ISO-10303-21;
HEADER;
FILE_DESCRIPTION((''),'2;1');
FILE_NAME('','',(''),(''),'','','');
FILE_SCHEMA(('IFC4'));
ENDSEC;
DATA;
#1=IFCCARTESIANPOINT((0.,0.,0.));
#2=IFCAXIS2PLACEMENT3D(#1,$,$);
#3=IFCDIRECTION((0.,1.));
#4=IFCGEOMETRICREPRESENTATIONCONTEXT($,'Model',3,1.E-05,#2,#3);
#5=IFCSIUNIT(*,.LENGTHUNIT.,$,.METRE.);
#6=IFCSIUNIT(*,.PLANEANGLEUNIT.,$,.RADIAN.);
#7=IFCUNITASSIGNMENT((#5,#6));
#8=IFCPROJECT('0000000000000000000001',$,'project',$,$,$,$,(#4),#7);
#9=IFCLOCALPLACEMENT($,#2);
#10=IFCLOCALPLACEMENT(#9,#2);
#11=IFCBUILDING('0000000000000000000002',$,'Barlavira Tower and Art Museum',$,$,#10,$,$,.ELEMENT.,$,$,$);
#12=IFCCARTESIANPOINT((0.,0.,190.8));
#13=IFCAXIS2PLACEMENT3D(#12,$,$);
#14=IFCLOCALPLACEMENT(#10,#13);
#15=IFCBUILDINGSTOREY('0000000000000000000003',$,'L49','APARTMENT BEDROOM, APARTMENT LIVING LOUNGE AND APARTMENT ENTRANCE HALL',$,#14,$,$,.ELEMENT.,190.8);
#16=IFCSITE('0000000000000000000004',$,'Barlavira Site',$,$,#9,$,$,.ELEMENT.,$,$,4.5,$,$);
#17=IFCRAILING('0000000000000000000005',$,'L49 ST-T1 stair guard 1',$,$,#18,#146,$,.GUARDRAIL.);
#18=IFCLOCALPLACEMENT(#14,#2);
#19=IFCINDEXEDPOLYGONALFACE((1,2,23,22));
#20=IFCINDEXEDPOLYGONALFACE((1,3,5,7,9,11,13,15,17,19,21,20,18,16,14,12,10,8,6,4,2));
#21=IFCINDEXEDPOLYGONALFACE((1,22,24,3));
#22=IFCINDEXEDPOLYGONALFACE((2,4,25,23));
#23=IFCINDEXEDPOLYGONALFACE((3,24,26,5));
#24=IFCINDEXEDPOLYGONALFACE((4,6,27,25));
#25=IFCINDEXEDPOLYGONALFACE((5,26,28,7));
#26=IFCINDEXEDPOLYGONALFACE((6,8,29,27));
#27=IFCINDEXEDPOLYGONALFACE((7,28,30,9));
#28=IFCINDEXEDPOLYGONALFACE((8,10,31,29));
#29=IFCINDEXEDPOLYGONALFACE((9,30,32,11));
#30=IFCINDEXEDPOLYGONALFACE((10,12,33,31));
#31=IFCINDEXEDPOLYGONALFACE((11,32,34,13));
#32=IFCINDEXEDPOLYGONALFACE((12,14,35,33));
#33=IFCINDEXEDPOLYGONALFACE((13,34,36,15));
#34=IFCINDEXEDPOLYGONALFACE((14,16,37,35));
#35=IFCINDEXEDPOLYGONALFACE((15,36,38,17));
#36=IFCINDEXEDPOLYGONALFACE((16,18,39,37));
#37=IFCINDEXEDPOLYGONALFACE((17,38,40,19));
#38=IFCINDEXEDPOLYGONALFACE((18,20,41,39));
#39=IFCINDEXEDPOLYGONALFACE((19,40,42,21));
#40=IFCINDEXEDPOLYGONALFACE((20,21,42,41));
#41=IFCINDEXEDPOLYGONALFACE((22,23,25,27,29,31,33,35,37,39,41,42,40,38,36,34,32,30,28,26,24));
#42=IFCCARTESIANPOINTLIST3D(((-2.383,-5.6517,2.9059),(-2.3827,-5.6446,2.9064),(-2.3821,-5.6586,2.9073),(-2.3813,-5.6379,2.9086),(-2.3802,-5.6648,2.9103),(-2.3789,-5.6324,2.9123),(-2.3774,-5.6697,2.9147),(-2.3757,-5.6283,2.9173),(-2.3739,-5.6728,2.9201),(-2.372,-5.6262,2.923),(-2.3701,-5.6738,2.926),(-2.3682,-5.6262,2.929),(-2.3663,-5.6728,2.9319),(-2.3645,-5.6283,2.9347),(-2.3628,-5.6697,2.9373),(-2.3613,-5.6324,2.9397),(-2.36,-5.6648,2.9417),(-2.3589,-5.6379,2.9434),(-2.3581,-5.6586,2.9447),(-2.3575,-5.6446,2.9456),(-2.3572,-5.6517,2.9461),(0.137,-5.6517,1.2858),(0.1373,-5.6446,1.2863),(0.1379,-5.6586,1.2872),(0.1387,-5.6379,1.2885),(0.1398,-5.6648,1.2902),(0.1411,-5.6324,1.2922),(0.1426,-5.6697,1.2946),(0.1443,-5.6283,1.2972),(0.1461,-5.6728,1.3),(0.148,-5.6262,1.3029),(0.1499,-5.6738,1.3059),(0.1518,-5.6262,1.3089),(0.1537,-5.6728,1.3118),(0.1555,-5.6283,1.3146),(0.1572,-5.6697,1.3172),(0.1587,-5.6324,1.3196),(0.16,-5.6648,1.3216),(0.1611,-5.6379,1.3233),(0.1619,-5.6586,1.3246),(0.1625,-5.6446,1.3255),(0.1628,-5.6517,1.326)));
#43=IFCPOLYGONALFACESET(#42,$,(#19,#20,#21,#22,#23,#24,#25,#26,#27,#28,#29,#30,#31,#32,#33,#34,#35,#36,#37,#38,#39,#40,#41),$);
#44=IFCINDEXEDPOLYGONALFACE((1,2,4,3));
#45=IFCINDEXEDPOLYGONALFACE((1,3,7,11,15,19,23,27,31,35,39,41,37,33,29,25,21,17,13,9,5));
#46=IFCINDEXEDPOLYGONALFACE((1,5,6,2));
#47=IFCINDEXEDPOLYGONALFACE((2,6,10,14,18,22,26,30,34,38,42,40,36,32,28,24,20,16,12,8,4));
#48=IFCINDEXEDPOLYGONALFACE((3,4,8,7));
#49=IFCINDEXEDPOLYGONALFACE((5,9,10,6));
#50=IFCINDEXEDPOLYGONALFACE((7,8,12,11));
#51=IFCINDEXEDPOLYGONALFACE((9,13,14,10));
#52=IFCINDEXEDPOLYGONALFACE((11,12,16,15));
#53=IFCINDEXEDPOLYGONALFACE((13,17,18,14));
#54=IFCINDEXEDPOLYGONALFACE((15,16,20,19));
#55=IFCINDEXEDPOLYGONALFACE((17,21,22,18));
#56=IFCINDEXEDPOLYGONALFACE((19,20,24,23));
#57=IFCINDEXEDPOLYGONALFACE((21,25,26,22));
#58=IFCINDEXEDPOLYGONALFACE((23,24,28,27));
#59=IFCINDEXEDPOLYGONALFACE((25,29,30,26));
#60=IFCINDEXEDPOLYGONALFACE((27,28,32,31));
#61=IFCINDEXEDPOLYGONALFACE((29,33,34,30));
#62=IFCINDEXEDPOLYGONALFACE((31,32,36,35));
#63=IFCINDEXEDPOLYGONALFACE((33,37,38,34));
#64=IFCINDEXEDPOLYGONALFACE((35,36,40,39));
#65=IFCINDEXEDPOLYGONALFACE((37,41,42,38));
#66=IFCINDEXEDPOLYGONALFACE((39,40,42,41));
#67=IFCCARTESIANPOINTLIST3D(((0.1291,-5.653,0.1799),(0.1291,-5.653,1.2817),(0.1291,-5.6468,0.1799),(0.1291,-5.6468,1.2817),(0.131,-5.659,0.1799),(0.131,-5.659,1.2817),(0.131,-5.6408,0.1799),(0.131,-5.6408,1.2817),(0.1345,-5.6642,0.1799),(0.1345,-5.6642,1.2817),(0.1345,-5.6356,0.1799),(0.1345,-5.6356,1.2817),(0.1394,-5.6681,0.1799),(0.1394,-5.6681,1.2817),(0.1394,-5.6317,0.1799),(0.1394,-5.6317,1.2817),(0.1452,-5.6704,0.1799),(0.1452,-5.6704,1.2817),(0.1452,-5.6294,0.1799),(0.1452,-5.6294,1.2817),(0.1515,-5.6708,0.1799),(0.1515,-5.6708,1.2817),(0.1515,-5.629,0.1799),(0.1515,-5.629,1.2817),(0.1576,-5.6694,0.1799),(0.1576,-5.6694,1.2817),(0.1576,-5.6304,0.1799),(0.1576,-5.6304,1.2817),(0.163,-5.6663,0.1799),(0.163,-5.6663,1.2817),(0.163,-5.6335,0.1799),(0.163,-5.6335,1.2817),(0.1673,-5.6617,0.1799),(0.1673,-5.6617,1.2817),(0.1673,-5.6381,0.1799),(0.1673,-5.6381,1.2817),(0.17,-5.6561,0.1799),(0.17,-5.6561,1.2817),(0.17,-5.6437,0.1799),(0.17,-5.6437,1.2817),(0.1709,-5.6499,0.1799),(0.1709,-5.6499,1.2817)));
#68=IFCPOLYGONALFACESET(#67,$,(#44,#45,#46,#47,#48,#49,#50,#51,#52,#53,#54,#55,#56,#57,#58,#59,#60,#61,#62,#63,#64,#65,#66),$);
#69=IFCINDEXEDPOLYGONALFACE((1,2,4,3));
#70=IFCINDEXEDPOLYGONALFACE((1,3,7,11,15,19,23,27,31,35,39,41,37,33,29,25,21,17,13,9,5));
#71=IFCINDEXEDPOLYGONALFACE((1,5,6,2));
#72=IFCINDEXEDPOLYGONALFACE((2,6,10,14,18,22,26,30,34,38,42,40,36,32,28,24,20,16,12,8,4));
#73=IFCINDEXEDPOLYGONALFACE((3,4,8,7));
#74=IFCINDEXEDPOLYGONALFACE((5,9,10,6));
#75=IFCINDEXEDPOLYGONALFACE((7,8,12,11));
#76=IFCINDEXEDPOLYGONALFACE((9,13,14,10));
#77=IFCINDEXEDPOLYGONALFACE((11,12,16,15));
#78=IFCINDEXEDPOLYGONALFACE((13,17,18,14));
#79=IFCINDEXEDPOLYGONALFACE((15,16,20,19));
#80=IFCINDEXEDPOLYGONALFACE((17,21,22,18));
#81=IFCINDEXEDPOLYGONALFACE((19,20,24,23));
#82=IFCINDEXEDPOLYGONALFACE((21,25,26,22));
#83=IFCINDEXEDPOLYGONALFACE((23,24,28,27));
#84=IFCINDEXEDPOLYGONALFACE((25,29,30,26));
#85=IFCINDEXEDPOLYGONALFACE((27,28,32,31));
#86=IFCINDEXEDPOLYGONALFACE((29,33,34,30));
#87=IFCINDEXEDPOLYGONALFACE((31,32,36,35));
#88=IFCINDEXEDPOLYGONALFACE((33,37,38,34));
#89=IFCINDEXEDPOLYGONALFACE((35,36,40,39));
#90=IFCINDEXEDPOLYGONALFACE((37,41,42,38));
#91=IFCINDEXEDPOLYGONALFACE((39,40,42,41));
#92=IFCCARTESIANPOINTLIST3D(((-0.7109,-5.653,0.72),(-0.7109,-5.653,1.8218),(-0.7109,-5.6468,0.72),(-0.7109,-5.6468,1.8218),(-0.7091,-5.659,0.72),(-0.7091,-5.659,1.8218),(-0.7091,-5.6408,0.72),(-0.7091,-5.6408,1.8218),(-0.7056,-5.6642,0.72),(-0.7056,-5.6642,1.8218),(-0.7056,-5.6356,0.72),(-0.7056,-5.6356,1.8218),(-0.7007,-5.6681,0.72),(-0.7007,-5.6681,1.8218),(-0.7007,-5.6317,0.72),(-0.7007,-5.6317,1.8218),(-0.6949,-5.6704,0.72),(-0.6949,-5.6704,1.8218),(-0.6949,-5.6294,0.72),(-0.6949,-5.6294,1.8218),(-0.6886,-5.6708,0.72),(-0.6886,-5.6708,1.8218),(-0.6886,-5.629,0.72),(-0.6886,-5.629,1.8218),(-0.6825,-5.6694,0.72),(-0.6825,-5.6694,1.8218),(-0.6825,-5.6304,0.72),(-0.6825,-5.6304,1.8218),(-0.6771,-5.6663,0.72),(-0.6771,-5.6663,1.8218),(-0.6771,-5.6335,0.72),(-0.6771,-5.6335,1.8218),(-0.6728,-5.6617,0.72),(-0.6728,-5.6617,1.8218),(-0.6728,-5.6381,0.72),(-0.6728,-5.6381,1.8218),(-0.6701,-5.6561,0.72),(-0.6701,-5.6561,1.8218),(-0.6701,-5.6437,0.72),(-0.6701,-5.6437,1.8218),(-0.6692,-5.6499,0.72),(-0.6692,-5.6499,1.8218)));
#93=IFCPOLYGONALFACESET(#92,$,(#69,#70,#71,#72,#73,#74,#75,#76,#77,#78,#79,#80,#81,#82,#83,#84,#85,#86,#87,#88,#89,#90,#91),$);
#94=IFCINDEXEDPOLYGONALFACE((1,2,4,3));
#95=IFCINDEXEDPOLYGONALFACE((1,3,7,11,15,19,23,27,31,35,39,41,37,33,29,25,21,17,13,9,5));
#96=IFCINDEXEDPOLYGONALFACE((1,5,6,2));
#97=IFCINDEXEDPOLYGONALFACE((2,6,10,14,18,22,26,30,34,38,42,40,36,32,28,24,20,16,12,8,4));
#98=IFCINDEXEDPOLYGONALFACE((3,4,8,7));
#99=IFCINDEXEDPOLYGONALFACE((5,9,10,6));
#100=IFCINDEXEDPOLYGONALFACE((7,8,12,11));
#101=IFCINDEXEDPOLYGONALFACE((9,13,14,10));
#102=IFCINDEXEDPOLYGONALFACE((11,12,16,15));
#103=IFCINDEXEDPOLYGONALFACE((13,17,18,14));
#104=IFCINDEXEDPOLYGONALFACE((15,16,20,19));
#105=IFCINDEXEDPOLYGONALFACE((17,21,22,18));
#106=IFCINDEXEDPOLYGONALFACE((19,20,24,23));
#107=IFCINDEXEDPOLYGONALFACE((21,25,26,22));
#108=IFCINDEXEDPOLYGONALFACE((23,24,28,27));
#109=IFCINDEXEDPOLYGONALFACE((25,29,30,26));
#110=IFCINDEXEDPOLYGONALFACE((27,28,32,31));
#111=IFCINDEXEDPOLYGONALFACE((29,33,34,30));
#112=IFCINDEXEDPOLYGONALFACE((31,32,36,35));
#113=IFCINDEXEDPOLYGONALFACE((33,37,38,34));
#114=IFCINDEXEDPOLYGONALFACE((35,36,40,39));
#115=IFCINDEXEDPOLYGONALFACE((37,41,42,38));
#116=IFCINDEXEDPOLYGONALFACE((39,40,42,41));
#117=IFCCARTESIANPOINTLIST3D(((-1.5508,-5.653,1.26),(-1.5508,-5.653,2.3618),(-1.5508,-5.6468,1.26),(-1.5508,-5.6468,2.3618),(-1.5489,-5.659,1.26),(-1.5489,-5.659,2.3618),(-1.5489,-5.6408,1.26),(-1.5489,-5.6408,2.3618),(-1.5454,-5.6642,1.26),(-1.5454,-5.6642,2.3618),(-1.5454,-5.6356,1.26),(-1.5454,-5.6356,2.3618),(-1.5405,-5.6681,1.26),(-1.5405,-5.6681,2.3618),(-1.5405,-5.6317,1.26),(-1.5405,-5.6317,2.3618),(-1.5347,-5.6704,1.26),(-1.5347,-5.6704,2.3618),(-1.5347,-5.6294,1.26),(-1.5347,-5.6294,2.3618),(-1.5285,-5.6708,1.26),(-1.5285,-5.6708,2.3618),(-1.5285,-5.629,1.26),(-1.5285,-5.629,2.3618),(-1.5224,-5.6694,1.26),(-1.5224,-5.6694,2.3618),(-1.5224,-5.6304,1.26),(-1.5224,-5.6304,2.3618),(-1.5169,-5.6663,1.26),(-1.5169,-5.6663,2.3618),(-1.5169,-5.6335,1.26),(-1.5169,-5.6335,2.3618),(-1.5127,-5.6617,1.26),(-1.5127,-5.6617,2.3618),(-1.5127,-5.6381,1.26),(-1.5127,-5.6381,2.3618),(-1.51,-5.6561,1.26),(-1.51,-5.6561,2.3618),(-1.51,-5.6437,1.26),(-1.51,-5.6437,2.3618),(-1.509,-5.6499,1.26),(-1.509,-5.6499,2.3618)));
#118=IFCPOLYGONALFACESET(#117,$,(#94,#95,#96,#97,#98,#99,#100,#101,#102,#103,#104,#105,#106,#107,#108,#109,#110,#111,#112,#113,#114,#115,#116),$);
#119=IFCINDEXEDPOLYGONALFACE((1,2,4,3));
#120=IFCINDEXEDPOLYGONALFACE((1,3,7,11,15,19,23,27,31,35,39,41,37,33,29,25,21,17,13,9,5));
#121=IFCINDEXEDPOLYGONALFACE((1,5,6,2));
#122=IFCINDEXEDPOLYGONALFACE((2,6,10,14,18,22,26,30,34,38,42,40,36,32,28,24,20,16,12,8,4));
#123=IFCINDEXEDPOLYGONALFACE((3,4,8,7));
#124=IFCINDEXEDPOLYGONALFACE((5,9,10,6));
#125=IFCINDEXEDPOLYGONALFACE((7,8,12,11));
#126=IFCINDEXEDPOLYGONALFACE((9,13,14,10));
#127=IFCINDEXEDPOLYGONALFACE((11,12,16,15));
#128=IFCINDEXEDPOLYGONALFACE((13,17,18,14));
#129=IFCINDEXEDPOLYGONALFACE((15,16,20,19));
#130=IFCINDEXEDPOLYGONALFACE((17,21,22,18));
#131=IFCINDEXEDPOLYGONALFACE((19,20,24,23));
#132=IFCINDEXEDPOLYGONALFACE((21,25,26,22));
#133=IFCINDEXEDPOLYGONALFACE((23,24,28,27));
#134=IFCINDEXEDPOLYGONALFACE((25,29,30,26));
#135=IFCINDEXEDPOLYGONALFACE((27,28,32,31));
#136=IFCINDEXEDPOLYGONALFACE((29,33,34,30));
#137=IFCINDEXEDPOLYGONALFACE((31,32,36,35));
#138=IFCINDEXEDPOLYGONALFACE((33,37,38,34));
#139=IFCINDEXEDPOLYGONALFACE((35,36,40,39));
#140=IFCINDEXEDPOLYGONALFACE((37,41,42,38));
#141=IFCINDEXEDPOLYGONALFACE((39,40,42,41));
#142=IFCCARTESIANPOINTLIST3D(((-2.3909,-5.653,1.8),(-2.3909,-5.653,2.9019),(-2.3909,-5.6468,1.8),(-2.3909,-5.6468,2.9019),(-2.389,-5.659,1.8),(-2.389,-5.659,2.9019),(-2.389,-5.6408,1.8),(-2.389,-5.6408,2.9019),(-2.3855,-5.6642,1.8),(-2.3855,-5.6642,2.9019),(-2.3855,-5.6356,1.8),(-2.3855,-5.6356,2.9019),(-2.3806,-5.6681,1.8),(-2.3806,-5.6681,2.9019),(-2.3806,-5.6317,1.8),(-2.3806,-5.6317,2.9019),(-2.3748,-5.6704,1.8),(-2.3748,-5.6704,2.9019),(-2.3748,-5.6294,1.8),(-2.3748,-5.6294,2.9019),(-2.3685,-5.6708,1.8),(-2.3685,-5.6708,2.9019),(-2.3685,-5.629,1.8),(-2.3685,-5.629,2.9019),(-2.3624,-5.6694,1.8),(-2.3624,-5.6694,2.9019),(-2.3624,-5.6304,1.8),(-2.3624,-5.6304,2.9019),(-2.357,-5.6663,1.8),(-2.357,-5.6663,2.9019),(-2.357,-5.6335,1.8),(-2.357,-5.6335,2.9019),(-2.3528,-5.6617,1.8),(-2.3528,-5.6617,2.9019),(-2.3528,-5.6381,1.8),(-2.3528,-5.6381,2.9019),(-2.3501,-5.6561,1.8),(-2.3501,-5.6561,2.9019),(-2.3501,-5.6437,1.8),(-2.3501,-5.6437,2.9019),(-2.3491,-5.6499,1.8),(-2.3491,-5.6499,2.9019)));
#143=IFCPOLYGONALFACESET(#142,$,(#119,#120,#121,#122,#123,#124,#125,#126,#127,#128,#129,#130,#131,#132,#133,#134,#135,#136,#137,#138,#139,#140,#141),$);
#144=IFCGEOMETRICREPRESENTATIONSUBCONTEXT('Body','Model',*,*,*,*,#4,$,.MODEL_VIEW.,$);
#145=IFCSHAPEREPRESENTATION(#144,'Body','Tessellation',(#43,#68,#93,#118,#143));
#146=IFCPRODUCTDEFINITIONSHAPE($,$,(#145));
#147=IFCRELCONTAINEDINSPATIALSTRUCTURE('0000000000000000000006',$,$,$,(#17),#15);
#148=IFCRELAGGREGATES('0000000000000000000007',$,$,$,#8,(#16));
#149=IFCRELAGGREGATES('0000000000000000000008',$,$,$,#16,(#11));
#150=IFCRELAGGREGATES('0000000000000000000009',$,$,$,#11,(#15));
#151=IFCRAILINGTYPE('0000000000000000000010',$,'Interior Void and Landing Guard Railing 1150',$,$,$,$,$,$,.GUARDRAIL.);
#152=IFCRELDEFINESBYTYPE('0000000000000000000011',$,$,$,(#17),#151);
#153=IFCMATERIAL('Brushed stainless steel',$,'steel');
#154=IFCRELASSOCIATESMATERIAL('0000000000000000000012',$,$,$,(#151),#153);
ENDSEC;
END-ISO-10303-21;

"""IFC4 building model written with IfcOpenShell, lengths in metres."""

from ifc_helpers import new_model, si_unit, direction, frame, origin, origin_2d, place, context, subcontext, project, spatial, circle, extrude, material, type_object, element, save


model = new_model("IFC4")

# Units and contexts
model_context = context("Model", 3, precision=1e-05, world=origin(), true_north=direction((0.0, 1.0)))
body_context = subcontext(model_context, "Body", "Model", "MODEL_VIEW")
ifc_project = project(units=[si_unit("LENGTHUNIT", "METRE"), si_unit("PLANEANGLEUNIT", "RADIAN")], contexts=[model_context])

# Site, building, storey
site_placement = place(None, origin())
site = spatial("IfcSite", under=ifc_project, at=site_placement, Name="Barlavira Site", CompositionType="ELEMENT", RefElevation=4.5)
building_placement = place(site_placement, origin())
building = spatial("IfcBuilding", under=site, at=building_placement, Name="Barlavira Tower and Art Museum", CompositionType="ELEMENT")
storey_placement = place(building_placement, frame((0.0, 0.0, 190.8)))
storey = spatial("IfcBuildingStorey", under=building, at=storey_placement, Name="L49", Description="APARTMENT BEDROOM, APARTMENT LIVING LOUNGE AND APARTMENT ENTRANCE HALL", CompositionType="ELEMENT", Elevation=190.8)

# Shared definitions
ifc_material_1 = material(Name="Brushed stainless steel", Category="steel")

# Railing
railing_type_1 = type_object("IfcRailingType", Name="Interior Void and Landing Guard Railing 1150", PredefinedType="GUARDRAIL", material=ifc_material_1)
railing_1_placement = place(storey_placement, frame((0.1499, -5.6499, 0.1799)))
element("IfcRailing", 1, at=railing_1_placement, inside=storey, type_object=railing_type_1, Name="L49 ST-T1 stair guard 1", PredefinedType="GUARDRAIL", context=body_context, shape_type="SweptSolid", body=[
    extrude(circle(Radius=0.0239, at=origin_2d()), frame((0.0, 0.0, 1.126), z_axis=(-0.841163, 0.0, 0.540782), x_axis=(0.0, -1.0, 0.0)), (0.0, 0.0, 1.0), 2.9958),
    extrude(circle(Radius=0.021, at=origin_2d()), origin(), (0.0, 0.0, 1.0), 1.1018),
    extrude(circle(Radius=0.021, at=origin_2d()), frame((-0.8401, 0.0, 0.54)), (0.0, 0.0, 1.0), 1.1018),
    extrude(circle(Radius=0.021, at=origin_2d()), frame((-1.6799, 0.0, 1.0801)), (0.0, 0.0, 1.0), 1.1018),
    extrude(circle(Radius=0.021, at=origin_2d()), frame((-2.52, 0.0, 1.6201)), (0.0, 0.0, 1.0), 1.1018),
])

save(model, "model.ifc")
